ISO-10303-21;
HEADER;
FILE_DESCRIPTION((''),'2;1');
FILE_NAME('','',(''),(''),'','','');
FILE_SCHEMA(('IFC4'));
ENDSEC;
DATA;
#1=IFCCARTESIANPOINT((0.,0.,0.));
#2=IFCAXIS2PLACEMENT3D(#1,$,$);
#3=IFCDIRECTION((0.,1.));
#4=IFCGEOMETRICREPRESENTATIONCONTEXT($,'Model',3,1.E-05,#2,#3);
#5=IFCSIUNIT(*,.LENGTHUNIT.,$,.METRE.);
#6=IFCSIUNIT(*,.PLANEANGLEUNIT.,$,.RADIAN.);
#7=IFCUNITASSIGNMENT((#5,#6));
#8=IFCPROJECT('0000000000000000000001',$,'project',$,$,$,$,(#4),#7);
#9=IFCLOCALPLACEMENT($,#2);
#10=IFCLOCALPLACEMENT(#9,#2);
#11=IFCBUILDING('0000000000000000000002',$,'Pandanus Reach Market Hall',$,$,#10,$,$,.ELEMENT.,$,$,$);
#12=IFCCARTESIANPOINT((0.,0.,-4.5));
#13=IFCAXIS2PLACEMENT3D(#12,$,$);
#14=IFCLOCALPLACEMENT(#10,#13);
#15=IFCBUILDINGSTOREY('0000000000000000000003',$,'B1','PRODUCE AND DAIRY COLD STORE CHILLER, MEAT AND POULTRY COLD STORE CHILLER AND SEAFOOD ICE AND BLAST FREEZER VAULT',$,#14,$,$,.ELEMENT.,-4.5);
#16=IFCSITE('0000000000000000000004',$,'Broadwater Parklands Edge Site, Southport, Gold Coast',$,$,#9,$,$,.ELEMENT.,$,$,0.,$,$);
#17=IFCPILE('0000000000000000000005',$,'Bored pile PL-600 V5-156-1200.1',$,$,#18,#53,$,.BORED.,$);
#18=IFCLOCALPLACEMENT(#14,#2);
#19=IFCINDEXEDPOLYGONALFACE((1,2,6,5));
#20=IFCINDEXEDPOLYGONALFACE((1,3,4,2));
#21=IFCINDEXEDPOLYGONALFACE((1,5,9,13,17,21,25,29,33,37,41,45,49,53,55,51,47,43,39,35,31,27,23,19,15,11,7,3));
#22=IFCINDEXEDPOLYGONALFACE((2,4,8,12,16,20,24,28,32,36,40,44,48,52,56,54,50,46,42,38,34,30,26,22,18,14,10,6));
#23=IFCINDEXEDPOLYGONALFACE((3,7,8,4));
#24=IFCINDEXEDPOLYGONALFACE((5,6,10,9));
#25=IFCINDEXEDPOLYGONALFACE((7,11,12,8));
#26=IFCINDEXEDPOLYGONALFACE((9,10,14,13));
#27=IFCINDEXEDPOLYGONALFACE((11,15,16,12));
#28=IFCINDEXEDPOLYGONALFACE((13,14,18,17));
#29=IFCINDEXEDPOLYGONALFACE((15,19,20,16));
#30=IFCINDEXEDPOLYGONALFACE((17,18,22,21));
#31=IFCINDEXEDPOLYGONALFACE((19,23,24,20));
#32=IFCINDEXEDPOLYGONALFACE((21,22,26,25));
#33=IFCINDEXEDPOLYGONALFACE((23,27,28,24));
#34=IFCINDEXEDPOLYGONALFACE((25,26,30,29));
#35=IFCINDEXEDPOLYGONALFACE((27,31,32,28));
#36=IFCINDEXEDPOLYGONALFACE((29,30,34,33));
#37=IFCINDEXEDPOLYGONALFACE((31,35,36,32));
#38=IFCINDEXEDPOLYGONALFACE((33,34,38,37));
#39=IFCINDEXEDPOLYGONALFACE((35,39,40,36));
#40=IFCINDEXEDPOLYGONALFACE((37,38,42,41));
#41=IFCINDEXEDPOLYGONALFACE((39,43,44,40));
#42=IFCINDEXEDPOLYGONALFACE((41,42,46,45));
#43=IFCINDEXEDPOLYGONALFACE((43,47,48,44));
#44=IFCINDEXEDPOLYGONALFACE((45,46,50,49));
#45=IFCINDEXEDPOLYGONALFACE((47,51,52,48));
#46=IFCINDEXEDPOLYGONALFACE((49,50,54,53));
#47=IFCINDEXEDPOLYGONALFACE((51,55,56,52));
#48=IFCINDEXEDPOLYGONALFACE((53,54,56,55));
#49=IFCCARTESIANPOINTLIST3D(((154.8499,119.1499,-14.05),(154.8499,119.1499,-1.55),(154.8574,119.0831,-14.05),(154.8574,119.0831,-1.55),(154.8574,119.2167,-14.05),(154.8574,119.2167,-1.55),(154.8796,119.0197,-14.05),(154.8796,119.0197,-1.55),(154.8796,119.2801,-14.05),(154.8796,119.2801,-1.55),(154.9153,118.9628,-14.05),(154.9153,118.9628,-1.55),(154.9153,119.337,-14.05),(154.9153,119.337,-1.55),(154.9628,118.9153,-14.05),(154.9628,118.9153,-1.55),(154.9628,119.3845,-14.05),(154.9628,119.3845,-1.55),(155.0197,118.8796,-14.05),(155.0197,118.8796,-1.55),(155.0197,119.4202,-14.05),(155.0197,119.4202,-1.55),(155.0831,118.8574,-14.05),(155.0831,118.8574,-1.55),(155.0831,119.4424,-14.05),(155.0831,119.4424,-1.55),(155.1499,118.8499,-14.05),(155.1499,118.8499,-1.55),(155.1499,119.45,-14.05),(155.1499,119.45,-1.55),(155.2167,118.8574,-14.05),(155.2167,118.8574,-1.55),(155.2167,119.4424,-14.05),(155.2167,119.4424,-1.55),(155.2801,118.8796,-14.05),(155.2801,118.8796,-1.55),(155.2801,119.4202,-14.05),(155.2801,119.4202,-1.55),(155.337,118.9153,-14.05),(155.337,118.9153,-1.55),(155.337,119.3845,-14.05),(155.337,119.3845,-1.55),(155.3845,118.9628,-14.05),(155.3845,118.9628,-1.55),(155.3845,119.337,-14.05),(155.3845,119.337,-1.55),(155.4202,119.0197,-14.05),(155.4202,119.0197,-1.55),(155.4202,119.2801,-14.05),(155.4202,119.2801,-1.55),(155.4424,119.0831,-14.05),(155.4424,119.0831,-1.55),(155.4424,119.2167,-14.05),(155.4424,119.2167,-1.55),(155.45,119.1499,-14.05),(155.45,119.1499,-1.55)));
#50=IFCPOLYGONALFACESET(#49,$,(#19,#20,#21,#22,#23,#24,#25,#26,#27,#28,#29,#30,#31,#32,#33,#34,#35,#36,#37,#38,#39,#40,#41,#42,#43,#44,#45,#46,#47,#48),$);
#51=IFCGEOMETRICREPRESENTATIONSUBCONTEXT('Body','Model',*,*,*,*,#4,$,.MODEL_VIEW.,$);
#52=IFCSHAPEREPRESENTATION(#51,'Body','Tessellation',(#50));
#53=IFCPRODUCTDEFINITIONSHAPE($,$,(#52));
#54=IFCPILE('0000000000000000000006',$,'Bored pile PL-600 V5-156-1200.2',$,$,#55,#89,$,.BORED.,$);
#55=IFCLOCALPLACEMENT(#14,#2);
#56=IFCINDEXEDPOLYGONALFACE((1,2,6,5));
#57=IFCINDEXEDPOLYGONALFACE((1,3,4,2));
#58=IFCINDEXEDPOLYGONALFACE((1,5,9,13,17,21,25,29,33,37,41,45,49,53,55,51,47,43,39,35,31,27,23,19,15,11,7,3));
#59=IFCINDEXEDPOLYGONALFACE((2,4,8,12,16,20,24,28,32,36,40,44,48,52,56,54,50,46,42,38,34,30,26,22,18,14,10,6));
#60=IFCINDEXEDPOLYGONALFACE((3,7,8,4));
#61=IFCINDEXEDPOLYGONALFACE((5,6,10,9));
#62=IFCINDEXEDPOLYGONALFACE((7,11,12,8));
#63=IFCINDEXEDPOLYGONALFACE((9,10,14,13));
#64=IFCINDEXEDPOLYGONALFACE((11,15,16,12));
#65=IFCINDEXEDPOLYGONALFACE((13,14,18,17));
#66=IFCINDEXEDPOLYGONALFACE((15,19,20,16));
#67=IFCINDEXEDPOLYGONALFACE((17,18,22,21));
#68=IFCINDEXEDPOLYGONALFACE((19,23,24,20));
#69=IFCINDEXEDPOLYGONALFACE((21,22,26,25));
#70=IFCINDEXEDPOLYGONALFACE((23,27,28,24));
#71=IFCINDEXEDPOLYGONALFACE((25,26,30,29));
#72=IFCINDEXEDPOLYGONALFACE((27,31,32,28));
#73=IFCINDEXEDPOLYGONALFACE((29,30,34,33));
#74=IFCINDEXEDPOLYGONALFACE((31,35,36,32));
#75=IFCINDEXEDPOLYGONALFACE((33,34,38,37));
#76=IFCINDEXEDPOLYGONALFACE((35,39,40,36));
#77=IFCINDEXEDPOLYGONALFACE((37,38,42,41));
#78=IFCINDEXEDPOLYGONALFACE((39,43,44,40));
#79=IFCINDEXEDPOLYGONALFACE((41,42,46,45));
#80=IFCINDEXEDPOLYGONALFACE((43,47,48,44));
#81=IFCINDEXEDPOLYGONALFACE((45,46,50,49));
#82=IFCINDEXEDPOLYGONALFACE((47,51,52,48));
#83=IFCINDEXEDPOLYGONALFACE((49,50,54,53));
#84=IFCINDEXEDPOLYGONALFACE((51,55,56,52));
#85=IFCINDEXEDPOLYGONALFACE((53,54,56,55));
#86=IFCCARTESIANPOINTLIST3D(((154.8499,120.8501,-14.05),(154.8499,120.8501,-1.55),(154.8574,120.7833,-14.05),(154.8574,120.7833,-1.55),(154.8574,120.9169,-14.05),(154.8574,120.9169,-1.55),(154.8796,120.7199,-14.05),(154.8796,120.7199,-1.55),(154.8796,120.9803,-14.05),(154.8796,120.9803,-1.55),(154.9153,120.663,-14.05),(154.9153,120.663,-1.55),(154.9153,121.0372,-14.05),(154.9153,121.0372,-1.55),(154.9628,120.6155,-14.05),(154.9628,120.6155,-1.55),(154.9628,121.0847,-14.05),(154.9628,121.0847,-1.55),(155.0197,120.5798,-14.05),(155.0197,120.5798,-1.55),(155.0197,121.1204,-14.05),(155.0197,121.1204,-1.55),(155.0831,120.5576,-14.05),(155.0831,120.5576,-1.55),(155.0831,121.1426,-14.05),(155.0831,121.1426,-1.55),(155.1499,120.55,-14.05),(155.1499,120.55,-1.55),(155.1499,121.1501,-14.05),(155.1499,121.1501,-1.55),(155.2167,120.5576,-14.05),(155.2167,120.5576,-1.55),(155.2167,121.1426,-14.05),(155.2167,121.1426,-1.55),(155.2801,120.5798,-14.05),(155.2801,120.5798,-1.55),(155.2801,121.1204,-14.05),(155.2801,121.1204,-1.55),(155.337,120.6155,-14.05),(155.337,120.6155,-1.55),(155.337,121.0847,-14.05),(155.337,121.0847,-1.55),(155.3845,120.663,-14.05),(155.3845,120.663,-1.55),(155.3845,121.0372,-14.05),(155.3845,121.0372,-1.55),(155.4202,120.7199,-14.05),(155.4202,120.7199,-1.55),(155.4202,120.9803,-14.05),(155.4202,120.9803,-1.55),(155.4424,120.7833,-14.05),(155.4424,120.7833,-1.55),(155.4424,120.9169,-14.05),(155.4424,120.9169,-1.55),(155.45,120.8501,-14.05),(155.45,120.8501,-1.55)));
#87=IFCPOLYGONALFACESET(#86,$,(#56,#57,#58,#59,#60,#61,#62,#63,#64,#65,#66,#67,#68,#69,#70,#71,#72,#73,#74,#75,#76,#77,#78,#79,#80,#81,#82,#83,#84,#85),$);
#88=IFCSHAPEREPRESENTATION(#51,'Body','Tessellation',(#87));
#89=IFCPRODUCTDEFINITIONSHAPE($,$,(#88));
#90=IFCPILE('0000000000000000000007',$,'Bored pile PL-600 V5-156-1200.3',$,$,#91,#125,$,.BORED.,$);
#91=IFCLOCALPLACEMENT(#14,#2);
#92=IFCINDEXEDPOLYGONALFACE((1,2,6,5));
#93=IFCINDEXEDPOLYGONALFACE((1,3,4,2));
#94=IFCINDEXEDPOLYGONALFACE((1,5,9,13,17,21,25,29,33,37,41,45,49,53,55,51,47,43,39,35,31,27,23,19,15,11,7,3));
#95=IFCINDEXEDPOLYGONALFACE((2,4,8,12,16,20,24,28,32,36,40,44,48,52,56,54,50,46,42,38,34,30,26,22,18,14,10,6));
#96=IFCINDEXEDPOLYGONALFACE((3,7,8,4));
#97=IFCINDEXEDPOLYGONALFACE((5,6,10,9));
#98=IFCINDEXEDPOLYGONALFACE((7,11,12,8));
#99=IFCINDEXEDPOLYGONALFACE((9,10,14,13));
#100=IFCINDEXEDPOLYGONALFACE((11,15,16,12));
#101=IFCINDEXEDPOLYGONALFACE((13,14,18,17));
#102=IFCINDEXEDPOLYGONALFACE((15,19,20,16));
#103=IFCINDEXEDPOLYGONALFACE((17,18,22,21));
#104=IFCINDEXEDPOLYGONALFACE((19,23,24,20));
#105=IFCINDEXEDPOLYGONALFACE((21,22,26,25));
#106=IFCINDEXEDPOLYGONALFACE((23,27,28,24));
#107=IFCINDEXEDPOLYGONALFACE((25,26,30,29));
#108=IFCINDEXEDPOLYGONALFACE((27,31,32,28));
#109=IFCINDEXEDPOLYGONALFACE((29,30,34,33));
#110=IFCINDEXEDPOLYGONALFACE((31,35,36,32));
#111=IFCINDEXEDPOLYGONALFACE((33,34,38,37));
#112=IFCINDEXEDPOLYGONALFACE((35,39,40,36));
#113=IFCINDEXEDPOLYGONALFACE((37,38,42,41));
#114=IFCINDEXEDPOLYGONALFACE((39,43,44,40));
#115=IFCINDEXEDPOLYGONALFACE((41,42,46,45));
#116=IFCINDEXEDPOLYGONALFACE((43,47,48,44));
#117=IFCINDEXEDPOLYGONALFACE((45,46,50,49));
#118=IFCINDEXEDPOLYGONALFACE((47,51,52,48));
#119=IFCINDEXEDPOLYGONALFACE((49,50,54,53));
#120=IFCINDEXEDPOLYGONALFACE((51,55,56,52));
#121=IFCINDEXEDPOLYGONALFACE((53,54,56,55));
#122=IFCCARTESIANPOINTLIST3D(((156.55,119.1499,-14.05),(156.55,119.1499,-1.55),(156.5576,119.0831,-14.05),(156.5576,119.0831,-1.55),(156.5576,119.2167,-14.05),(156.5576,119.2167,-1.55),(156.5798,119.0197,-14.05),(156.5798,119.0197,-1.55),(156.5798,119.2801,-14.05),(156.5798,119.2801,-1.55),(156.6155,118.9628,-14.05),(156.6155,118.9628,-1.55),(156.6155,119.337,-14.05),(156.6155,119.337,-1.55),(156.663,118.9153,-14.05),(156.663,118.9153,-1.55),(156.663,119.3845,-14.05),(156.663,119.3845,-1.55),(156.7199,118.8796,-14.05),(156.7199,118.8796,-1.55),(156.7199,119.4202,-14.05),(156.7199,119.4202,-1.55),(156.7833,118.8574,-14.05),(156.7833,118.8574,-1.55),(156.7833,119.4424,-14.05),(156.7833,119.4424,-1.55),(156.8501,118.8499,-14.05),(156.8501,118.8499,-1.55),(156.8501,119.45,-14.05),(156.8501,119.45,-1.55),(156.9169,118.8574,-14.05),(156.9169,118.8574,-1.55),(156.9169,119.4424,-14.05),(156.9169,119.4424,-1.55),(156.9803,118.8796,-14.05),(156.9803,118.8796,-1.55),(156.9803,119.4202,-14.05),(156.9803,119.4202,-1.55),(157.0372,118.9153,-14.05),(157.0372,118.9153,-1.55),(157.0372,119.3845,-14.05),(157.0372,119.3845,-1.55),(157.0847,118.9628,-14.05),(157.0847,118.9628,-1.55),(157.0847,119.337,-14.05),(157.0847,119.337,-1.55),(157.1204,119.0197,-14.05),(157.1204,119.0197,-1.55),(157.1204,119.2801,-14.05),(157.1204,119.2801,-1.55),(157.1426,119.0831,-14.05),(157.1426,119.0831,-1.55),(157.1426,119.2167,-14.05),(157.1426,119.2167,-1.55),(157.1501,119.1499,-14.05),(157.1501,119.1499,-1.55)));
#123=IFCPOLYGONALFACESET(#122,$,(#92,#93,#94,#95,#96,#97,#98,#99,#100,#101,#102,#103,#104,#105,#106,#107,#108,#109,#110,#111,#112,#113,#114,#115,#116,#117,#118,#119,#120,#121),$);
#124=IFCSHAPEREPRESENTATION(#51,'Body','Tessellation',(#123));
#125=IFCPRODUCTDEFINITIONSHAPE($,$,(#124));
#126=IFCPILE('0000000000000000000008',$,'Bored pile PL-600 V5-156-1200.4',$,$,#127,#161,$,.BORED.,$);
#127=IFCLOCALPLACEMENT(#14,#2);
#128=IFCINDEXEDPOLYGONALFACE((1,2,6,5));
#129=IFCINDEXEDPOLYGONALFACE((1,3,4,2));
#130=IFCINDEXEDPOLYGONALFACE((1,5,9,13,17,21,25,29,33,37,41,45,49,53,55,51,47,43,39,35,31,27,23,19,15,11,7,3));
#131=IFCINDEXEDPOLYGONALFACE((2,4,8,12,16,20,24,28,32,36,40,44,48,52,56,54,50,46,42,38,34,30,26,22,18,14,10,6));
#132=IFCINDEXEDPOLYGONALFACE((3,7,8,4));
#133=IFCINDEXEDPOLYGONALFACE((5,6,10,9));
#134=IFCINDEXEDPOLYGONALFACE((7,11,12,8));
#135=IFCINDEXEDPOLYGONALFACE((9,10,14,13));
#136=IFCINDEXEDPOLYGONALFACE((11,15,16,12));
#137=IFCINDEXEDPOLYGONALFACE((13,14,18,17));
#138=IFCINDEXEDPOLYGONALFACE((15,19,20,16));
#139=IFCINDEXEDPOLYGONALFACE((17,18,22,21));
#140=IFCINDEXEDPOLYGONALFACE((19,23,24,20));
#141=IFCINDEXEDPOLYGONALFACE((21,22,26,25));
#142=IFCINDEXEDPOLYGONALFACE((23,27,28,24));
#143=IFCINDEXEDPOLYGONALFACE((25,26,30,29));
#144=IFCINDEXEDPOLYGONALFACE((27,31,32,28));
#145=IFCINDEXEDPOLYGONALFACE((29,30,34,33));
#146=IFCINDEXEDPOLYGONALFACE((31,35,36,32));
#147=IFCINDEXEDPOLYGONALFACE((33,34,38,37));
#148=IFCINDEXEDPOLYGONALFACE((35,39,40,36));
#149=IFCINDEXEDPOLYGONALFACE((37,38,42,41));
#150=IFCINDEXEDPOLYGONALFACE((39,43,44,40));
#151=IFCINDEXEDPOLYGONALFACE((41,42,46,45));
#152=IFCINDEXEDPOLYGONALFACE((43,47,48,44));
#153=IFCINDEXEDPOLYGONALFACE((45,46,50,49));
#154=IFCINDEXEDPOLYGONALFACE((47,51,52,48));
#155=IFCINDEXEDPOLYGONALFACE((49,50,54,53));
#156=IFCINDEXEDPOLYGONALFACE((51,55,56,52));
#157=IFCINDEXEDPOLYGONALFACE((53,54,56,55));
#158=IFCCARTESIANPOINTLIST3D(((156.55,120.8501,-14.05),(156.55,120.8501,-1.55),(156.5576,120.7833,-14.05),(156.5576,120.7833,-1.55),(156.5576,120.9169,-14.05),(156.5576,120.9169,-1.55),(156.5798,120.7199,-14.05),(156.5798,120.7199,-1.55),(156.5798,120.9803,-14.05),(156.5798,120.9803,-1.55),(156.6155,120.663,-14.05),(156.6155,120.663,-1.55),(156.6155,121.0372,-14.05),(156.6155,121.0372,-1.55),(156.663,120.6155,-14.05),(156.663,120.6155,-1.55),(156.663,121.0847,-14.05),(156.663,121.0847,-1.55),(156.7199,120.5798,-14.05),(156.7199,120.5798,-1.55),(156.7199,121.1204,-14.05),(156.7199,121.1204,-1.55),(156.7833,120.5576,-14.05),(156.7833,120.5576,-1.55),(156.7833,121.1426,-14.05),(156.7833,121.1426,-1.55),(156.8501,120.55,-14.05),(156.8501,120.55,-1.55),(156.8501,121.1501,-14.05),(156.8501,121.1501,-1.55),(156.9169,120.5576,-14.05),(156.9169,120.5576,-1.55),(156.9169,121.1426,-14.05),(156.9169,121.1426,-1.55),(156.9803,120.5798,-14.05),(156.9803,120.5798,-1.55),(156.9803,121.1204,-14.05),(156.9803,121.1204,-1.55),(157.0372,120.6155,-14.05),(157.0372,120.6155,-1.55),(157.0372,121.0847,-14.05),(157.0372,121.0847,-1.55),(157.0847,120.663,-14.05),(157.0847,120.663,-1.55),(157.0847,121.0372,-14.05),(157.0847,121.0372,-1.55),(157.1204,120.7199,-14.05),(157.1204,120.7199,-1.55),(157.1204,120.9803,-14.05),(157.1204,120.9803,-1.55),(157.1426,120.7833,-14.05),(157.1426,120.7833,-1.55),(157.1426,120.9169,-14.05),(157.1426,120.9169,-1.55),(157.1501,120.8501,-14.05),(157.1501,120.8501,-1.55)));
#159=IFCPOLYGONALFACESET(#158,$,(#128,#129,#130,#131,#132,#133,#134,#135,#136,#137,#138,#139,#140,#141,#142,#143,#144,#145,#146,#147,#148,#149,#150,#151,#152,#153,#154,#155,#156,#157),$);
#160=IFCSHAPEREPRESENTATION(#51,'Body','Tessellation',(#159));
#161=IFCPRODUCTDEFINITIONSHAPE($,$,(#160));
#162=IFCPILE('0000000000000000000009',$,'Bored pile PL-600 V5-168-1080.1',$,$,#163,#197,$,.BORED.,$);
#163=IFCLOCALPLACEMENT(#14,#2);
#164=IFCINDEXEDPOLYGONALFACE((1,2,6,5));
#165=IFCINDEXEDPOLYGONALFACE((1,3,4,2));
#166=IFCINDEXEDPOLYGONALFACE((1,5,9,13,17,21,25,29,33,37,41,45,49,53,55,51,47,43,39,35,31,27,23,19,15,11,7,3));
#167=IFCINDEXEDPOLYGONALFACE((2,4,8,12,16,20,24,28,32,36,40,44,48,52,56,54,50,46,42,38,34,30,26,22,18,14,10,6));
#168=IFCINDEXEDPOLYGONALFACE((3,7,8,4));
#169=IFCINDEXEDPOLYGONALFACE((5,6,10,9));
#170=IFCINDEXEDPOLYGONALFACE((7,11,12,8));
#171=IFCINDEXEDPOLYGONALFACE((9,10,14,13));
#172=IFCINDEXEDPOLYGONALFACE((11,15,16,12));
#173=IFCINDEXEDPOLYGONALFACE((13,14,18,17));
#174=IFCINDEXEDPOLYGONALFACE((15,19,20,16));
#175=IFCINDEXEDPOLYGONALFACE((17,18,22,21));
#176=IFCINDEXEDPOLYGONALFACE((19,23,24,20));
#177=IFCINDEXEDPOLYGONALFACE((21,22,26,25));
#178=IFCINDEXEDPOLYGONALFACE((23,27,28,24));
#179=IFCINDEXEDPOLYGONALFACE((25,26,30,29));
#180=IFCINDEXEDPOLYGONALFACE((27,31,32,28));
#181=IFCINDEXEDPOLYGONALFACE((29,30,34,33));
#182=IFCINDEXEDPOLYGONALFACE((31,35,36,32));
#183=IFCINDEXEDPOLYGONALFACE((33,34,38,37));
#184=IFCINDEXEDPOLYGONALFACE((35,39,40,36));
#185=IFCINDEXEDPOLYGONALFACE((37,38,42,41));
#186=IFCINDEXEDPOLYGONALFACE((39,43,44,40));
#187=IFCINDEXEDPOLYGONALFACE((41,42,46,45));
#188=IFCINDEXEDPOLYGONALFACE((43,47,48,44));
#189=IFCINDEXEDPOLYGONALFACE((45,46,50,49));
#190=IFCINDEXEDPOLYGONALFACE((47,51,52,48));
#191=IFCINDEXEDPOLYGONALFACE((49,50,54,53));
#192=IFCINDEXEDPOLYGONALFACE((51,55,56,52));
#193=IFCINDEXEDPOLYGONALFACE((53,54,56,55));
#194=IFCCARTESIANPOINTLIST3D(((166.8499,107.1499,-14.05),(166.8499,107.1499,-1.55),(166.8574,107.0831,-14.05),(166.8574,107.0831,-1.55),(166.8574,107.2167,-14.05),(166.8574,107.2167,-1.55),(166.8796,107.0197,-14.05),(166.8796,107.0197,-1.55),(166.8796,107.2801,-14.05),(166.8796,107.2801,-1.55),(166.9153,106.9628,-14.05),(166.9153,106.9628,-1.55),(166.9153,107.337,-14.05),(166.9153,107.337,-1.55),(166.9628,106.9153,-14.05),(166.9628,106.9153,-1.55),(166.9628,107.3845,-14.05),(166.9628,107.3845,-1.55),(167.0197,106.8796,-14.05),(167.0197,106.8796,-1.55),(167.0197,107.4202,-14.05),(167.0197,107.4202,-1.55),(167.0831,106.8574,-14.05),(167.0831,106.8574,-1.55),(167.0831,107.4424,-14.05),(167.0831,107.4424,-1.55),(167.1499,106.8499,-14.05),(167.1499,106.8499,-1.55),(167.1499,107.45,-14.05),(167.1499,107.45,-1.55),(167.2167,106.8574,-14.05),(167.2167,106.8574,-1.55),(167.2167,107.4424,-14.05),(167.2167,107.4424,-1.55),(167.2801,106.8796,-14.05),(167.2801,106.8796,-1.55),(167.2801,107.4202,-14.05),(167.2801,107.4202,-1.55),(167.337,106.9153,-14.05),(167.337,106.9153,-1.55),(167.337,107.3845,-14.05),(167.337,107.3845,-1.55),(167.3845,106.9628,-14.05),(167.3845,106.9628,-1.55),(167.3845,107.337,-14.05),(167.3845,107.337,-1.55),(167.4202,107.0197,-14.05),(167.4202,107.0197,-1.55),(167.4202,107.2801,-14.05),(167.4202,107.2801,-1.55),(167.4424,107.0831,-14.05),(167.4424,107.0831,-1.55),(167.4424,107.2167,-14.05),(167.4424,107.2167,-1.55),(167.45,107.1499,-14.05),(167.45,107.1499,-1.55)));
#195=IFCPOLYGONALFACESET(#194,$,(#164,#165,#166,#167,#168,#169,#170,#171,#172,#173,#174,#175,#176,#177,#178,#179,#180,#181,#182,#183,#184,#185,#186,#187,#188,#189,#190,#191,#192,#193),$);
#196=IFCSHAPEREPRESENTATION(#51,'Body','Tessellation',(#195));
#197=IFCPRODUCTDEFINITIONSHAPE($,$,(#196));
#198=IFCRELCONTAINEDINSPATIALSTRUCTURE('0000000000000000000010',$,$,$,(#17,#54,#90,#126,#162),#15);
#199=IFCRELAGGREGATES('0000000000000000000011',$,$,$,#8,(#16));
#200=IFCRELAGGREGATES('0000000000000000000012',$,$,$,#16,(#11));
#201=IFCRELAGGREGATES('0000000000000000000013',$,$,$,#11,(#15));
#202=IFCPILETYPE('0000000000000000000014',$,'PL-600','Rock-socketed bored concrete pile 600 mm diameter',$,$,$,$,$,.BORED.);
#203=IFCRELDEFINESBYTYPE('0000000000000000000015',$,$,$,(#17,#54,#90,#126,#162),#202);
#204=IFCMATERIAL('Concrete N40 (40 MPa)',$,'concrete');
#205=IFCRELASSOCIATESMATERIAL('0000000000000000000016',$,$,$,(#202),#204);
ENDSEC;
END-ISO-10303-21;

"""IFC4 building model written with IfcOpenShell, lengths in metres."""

from ifc_helpers import new_model, si_unit, direction, frame, origin, origin_2d, place, context, subcontext, project, spatial, circle, extrude, material, material_profile, profile_set, type_object, element, save


model = new_model("IFC4")

# Units and contexts
model_context = context("Model", 3, precision=1e-05, world=origin(), true_north=direction((0.0, 1.0)))
body_context = subcontext(model_context, "Body", "Model", "MODEL_VIEW")
ifc_project = project(units=[si_unit("LENGTHUNIT", "METRE"), si_unit("PLANEANGLEUNIT", "RADIAN")], contexts=[model_context])

# Site, building, storey
site_placement = place(None, origin())
site = spatial("IfcSite", under=ifc_project, at=site_placement, Name="Broadwater Parklands Edge Site, Southport, Gold Coast", CompositionType="ELEMENT", RefElevation=0.0)
building_placement = place(site_placement, origin())
building = spatial("IfcBuilding", under=site, at=building_placement, Name="Pandanus Reach Market Hall", CompositionType="ELEMENT")
storey_placement = place(building_placement, frame((0.0, 0.0, -4.5)))
storey = spatial("IfcBuildingStorey", under=building, at=storey_placement, Name="B1", Description="PRODUCE AND DAIRY COLD STORE CHILLER, MEAT AND POULTRY COLD STORE CHILLER AND SEAFOOD ICE AND BLAST FREEZER VAULT", CompositionType="ELEMENT", Elevation=-4.5)

# Shared definitions
ifc_material_1 = material(Name="Concrete N40 (40 MPa)", Category="concrete")

# Piles
ifc_material_profile_1 = material_profile(ifc_material_1, circle(Radius=0.3, at=origin_2d()), Name="PILE-600D", Category="LoadBearing")
ifc_profile_set_1 = profile_set([ifc_material_profile_1], Name="Concrete N40 (40 MPa)")
pile_type_1 = type_object("IfcPileType", Name="PL-600", Description="Rock-socketed bored concrete pile 600 mm diameter", PredefinedType="BORED", material=ifc_profile_set_1)
for number, where, z_axis, x_axis, name in (
    (1, (155.1499, 119.1499, -1.55), (0.0, 0.0, -1.0), (1.0, 0.0, 0.0), "Bored pile PL-600 V5-156-1200.1"),
    (2, (155.1499, 120.8501, -1.55), (0.0, 0.0, -1.0), (1.0, 0.0, 0.0), "Bored pile PL-600 V5-156-1200.2"),
    (3, (156.8501, 119.1499, -1.55), (0.0, 0.0, -1.0), (1.0, 0.0, 0.0), "Bored pile PL-600 V5-156-1200.3"),
    (4, (156.8501, 120.8501, -1.55), (0.0, 0.0, -1.0), (1.0, 0.0, 0.0), "Bored pile PL-600 V5-156-1200.4"),
    (5, (167.1499, 107.1499, -1.55), (0.0, 0.0, -1.0), (1.0, 0.0, 0.0), "Bored pile PL-600 V5-168-1080.1"),
):
    element("IfcPile", number, at=place(storey_placement, frame(where, z_axis=z_axis, x_axis=x_axis)), inside=storey, type_object=pile_type_1, Name=name, PredefinedType="BORED", context=body_context, shape_type="SweptSolid", body=[
        extrude(circle(Radius=0.3, at=origin_2d()), origin(), (0.0, 0.0, 1.0), 12.5),
    ])

save(model, "model.ifc")
